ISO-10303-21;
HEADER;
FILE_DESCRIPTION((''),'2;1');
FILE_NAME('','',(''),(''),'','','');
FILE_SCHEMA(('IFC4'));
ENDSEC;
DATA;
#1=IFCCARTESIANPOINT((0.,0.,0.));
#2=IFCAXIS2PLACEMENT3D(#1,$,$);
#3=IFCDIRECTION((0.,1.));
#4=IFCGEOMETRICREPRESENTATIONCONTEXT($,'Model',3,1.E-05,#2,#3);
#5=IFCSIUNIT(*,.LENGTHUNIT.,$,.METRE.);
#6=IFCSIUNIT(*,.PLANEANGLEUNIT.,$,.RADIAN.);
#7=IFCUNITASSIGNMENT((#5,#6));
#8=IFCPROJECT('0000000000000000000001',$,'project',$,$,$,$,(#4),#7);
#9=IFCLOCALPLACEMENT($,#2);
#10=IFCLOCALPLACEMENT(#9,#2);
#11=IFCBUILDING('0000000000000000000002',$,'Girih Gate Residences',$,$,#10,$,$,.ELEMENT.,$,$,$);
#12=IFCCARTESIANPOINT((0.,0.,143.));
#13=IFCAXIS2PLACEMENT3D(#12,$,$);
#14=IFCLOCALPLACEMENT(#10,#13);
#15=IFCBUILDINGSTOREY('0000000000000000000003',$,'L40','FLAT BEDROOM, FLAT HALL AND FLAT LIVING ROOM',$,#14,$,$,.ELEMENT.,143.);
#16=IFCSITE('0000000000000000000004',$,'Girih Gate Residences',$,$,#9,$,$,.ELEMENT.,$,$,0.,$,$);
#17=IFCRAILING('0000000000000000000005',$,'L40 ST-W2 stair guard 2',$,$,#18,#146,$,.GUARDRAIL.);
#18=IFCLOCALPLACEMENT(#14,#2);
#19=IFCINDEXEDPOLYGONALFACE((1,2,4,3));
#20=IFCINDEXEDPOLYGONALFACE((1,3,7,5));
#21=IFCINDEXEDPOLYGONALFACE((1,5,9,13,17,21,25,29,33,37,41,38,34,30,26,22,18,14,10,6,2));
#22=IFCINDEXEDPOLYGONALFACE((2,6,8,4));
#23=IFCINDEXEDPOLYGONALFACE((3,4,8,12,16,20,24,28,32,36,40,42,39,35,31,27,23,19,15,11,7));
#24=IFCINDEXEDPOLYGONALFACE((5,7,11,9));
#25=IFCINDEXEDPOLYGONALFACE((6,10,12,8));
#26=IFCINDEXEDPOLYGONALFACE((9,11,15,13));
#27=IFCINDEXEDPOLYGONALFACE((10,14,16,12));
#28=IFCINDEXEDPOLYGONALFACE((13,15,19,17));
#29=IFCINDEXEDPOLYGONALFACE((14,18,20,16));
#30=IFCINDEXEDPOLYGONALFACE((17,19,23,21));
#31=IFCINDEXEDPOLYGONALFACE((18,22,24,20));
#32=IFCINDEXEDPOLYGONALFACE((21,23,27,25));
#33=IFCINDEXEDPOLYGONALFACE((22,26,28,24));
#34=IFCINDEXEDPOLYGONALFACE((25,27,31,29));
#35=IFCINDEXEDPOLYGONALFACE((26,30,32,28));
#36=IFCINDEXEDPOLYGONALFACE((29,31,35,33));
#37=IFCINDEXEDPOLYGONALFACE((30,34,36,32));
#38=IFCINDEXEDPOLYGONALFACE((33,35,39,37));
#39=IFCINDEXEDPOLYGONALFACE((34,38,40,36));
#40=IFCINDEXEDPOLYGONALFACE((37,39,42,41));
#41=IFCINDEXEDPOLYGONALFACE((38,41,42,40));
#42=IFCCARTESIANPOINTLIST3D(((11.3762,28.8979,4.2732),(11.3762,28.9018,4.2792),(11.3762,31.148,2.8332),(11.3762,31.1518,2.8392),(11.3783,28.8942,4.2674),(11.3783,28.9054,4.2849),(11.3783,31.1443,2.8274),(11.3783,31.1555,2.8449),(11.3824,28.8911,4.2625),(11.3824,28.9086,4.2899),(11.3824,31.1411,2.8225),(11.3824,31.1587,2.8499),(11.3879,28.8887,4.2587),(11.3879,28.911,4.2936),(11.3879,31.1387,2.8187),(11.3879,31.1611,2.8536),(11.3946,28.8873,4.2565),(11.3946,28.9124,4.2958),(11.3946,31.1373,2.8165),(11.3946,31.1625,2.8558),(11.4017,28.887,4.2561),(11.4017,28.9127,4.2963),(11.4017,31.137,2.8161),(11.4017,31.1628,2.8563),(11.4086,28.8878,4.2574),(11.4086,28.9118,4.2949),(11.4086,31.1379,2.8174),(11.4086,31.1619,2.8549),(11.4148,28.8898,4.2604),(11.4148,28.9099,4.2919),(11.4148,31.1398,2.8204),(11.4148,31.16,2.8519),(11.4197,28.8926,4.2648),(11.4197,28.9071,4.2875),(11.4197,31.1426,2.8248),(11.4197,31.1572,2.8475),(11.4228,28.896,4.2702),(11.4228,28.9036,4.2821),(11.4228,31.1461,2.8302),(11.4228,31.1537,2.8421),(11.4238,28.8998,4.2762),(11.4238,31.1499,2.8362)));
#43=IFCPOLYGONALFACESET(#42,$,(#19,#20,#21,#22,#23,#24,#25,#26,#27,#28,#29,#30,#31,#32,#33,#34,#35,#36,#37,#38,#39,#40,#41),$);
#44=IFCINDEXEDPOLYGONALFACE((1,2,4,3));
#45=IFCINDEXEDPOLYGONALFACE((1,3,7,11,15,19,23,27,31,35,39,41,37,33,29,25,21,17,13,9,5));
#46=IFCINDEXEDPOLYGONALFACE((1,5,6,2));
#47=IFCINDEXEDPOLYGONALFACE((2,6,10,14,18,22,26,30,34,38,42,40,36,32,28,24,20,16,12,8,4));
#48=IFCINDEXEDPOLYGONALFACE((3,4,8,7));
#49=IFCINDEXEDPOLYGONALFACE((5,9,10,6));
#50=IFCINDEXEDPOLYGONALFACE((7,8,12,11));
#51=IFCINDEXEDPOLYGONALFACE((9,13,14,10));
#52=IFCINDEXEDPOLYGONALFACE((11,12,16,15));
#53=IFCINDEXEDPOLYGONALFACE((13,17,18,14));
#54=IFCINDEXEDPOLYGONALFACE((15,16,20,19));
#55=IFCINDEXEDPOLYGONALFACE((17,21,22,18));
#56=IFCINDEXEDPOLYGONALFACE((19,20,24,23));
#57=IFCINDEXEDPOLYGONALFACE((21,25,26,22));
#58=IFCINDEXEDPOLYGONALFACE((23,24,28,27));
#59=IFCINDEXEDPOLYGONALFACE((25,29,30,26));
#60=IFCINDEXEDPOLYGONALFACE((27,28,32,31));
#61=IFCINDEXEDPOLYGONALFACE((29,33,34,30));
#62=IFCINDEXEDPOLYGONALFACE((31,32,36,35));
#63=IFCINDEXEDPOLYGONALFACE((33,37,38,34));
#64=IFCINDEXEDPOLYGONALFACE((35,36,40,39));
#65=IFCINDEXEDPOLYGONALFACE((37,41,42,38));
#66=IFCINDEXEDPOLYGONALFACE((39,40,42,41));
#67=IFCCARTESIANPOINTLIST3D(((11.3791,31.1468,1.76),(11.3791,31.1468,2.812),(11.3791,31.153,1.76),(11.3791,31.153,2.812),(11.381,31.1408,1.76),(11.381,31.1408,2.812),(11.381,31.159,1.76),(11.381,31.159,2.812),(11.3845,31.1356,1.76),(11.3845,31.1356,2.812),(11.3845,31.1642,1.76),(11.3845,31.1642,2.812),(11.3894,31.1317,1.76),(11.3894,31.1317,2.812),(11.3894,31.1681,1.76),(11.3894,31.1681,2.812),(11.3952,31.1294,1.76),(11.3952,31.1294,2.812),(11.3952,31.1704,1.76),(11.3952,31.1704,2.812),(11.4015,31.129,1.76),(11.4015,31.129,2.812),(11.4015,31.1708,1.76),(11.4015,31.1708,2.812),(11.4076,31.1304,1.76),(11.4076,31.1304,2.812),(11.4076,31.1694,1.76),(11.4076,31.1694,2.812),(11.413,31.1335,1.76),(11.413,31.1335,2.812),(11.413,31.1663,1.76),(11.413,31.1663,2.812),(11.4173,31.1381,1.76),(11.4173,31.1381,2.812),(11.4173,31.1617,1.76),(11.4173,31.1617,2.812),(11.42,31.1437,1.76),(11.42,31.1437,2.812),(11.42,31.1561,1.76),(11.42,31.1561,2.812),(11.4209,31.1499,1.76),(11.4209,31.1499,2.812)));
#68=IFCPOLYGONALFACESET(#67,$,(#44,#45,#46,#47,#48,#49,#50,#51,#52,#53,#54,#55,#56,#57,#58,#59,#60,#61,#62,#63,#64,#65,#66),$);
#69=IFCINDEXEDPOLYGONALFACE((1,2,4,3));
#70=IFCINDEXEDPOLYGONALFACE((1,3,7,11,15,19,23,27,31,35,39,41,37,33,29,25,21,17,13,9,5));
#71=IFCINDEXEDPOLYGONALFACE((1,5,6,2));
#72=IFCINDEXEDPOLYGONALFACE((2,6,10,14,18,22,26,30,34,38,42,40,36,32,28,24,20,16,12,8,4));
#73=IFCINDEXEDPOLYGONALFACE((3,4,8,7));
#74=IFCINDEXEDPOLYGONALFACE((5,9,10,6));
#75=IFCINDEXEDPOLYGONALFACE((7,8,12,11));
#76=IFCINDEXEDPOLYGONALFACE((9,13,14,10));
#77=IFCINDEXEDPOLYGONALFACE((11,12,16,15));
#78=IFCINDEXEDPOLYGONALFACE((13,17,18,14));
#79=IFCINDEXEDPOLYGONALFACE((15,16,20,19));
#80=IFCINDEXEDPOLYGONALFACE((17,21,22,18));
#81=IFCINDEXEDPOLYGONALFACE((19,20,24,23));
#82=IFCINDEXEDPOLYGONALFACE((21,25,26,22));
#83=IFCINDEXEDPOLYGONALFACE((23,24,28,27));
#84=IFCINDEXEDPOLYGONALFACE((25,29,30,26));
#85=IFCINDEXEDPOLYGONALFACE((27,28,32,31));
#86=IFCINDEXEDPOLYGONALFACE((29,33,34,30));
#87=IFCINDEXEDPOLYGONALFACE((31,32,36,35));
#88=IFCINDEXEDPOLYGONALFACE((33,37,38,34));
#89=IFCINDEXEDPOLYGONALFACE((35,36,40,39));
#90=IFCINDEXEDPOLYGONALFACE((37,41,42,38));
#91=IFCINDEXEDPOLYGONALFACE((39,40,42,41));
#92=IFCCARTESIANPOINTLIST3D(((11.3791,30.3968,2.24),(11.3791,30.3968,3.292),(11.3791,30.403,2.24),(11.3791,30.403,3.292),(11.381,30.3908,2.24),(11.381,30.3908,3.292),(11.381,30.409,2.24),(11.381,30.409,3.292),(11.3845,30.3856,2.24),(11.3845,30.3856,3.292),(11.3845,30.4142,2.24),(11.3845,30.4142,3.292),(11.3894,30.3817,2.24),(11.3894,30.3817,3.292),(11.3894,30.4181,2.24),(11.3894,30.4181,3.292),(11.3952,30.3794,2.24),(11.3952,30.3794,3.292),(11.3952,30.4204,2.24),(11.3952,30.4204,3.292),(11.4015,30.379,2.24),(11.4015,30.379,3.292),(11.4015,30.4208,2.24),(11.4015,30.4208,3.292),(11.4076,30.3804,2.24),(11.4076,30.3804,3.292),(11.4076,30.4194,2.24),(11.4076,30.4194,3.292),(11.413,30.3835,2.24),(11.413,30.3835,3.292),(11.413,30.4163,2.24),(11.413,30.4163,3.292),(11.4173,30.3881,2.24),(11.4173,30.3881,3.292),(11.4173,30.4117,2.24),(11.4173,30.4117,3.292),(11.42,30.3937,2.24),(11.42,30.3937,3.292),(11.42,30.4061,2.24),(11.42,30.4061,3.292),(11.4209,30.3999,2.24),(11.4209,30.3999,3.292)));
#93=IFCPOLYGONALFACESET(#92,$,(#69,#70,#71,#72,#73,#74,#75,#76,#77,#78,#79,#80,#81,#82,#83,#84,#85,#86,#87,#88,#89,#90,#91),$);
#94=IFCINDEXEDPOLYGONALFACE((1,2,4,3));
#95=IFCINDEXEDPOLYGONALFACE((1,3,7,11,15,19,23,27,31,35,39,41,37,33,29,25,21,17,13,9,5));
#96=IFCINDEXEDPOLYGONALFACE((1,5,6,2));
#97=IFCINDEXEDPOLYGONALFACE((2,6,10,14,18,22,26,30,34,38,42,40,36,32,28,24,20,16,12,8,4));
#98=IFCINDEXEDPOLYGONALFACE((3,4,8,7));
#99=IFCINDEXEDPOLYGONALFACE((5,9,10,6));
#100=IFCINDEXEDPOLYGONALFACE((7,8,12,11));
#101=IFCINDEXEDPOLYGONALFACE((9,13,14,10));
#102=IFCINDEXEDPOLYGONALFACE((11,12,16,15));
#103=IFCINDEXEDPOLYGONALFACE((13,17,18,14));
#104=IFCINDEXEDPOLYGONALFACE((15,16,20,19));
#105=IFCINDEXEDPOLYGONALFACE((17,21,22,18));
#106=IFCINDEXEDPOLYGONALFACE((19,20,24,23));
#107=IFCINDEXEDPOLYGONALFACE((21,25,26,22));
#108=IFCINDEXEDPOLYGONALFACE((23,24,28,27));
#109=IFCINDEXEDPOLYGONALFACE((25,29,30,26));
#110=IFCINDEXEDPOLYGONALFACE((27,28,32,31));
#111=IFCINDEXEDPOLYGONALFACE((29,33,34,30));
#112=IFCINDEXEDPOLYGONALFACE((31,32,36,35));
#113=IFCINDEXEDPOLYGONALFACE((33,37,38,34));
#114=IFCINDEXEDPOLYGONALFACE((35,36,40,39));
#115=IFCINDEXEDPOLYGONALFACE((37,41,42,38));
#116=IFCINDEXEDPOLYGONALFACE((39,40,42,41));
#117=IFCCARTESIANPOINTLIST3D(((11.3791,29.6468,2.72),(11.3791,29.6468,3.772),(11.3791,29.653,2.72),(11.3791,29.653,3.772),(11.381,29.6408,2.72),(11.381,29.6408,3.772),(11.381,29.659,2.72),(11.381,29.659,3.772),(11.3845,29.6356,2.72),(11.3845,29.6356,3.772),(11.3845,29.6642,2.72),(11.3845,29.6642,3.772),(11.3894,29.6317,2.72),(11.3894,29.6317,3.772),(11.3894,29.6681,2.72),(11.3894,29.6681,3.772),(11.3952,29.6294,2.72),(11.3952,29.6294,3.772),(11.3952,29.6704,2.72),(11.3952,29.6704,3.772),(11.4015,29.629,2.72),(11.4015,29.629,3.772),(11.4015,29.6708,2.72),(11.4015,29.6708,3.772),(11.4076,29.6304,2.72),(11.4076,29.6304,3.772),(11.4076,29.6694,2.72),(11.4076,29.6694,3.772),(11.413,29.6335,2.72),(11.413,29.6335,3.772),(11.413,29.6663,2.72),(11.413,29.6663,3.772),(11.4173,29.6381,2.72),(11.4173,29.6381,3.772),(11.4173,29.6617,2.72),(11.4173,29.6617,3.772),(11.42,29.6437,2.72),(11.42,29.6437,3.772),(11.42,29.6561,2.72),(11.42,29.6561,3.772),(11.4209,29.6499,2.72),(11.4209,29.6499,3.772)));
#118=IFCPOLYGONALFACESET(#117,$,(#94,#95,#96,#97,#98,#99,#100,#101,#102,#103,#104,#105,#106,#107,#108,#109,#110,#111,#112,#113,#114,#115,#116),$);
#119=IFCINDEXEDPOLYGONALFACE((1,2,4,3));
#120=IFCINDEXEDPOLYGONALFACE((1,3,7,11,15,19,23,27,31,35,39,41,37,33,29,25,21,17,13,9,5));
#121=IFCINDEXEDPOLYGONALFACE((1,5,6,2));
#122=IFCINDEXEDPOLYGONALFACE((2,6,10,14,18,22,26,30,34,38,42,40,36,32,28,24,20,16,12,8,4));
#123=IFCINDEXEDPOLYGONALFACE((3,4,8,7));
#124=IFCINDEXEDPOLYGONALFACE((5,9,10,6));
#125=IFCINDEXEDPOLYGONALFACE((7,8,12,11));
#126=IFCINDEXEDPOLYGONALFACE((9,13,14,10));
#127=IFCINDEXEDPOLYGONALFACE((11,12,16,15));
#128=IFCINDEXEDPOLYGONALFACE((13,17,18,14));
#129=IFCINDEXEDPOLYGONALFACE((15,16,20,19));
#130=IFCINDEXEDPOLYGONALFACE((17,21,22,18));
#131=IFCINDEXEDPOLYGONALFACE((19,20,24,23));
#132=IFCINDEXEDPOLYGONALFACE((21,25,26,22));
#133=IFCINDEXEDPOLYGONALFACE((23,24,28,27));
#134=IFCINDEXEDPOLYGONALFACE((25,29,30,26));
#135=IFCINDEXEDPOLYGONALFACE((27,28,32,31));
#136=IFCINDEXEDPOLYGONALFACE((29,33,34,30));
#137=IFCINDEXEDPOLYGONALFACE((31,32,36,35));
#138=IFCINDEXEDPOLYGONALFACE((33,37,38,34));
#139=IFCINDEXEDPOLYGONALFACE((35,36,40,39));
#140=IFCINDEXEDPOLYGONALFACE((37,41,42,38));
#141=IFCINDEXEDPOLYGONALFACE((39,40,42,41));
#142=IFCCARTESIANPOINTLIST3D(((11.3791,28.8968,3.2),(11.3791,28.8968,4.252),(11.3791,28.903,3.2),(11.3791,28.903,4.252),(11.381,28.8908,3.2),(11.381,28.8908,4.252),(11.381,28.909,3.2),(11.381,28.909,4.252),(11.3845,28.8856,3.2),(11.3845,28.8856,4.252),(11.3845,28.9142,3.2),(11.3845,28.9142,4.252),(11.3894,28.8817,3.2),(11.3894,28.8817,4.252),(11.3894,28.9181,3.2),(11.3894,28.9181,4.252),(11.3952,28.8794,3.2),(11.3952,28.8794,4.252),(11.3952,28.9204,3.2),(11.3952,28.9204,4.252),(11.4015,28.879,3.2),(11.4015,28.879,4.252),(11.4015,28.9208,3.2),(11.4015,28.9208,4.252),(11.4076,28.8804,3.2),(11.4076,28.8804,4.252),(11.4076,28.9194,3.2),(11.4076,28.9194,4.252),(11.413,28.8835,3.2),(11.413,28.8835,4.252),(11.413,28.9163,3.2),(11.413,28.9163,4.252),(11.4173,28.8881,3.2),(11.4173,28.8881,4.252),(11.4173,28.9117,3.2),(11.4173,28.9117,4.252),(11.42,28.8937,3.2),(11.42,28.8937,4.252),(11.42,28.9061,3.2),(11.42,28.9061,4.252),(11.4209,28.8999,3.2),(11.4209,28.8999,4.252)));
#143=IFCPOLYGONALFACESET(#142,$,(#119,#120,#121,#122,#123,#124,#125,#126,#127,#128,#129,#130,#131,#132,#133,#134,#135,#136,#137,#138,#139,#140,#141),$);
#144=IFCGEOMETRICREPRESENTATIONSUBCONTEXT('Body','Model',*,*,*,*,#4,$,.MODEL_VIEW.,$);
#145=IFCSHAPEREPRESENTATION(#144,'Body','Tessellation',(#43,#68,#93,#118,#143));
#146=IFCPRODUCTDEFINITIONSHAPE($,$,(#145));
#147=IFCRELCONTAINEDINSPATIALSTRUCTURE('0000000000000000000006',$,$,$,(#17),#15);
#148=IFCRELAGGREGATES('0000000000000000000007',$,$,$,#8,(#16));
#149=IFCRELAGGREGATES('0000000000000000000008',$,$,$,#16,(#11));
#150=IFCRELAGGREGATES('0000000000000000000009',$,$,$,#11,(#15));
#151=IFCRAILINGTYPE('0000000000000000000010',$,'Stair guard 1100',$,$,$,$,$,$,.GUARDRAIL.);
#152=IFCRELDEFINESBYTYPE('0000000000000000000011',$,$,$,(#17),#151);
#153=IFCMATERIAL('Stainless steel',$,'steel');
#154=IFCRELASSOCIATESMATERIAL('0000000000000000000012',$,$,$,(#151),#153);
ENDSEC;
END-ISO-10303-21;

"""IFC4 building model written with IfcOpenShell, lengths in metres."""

from ifc_helpers import new_model, si_unit, direction, frame, origin, origin_2d, place, context, subcontext, project, spatial, circle, extrude, material, type_object, element, save


model = new_model("IFC4")

# Units and contexts
model_context = context("Model", 3, precision=1e-05, world=origin(), true_north=direction((0.0, 1.0)))
body_context = subcontext(model_context, "Body", "Model", "MODEL_VIEW")
ifc_project = project(units=[si_unit("LENGTHUNIT", "METRE"), si_unit("PLANEANGLEUNIT", "RADIAN")], contexts=[model_context])

# Site, building, storey
site_placement = place(None, origin())
site = spatial("IfcSite", under=ifc_project, at=site_placement, Name="Girih Gate Residences", CompositionType="ELEMENT", RefElevation=0.0)
building_placement = place(site_placement, origin())
building = spatial("IfcBuilding", under=site, at=building_placement, Name="Girih Gate Residences", CompositionType="ELEMENT")
storey_placement = place(building_placement, frame((0.0, 0.0, 143.0)))
storey = spatial("IfcBuildingStorey", under=building, at=storey_placement, Name="L40", Description="FLAT BEDROOM, FLAT HALL AND FLAT LIVING ROOM", CompositionType="ELEMENT", Elevation=143.0)

# Railing
ifc_material_1 = material(Name="Stainless steel", Category="steel")
railing_type_1 = type_object("IfcRailingType", Name="Stair guard 1100", PredefinedType="GUARDRAIL", material=ifc_material_1)
railing_1_placement = place(storey_placement, frame((11.3999, 31.1499, 1.76)))
element("IfcRailing", 1, at=railing_1_placement, inside=storey, type_object=railing_type_1, Name="L40 ST-W2 stair guard 2", PredefinedType="GUARDRAIL", context=body_context, shape_type="SweptSolid", body=[
    extrude(circle(Radius=0.0239, at=origin_2d()), frame((0.0, 0.0, 1.0762), z_axis=(0.0, -0.842281, 0.539038), x_axis=(1.0, 0.0, 0.0)), (0.0, 0.0, 1.0), 2.6714),
    extrude(circle(Radius=0.021, at=origin_2d()), origin(), (0.0, 0.0, 1.0), 1.052),
    extrude(circle(Radius=0.021, at=origin_2d()), frame((0.0, -0.75, 0.48)), (0.0, 0.0, 1.0), 1.052),
    extrude(circle(Radius=0.021, at=origin_2d()), frame((0.0, -1.5, 0.96)), (0.0, 0.0, 1.0), 1.052),
    extrude(circle(Radius=0.021, at=origin_2d()), frame((0.0, -2.25, 1.4399)), (0.0, 0.0, 1.0), 1.052),
])

save(model, "model.ifc")
